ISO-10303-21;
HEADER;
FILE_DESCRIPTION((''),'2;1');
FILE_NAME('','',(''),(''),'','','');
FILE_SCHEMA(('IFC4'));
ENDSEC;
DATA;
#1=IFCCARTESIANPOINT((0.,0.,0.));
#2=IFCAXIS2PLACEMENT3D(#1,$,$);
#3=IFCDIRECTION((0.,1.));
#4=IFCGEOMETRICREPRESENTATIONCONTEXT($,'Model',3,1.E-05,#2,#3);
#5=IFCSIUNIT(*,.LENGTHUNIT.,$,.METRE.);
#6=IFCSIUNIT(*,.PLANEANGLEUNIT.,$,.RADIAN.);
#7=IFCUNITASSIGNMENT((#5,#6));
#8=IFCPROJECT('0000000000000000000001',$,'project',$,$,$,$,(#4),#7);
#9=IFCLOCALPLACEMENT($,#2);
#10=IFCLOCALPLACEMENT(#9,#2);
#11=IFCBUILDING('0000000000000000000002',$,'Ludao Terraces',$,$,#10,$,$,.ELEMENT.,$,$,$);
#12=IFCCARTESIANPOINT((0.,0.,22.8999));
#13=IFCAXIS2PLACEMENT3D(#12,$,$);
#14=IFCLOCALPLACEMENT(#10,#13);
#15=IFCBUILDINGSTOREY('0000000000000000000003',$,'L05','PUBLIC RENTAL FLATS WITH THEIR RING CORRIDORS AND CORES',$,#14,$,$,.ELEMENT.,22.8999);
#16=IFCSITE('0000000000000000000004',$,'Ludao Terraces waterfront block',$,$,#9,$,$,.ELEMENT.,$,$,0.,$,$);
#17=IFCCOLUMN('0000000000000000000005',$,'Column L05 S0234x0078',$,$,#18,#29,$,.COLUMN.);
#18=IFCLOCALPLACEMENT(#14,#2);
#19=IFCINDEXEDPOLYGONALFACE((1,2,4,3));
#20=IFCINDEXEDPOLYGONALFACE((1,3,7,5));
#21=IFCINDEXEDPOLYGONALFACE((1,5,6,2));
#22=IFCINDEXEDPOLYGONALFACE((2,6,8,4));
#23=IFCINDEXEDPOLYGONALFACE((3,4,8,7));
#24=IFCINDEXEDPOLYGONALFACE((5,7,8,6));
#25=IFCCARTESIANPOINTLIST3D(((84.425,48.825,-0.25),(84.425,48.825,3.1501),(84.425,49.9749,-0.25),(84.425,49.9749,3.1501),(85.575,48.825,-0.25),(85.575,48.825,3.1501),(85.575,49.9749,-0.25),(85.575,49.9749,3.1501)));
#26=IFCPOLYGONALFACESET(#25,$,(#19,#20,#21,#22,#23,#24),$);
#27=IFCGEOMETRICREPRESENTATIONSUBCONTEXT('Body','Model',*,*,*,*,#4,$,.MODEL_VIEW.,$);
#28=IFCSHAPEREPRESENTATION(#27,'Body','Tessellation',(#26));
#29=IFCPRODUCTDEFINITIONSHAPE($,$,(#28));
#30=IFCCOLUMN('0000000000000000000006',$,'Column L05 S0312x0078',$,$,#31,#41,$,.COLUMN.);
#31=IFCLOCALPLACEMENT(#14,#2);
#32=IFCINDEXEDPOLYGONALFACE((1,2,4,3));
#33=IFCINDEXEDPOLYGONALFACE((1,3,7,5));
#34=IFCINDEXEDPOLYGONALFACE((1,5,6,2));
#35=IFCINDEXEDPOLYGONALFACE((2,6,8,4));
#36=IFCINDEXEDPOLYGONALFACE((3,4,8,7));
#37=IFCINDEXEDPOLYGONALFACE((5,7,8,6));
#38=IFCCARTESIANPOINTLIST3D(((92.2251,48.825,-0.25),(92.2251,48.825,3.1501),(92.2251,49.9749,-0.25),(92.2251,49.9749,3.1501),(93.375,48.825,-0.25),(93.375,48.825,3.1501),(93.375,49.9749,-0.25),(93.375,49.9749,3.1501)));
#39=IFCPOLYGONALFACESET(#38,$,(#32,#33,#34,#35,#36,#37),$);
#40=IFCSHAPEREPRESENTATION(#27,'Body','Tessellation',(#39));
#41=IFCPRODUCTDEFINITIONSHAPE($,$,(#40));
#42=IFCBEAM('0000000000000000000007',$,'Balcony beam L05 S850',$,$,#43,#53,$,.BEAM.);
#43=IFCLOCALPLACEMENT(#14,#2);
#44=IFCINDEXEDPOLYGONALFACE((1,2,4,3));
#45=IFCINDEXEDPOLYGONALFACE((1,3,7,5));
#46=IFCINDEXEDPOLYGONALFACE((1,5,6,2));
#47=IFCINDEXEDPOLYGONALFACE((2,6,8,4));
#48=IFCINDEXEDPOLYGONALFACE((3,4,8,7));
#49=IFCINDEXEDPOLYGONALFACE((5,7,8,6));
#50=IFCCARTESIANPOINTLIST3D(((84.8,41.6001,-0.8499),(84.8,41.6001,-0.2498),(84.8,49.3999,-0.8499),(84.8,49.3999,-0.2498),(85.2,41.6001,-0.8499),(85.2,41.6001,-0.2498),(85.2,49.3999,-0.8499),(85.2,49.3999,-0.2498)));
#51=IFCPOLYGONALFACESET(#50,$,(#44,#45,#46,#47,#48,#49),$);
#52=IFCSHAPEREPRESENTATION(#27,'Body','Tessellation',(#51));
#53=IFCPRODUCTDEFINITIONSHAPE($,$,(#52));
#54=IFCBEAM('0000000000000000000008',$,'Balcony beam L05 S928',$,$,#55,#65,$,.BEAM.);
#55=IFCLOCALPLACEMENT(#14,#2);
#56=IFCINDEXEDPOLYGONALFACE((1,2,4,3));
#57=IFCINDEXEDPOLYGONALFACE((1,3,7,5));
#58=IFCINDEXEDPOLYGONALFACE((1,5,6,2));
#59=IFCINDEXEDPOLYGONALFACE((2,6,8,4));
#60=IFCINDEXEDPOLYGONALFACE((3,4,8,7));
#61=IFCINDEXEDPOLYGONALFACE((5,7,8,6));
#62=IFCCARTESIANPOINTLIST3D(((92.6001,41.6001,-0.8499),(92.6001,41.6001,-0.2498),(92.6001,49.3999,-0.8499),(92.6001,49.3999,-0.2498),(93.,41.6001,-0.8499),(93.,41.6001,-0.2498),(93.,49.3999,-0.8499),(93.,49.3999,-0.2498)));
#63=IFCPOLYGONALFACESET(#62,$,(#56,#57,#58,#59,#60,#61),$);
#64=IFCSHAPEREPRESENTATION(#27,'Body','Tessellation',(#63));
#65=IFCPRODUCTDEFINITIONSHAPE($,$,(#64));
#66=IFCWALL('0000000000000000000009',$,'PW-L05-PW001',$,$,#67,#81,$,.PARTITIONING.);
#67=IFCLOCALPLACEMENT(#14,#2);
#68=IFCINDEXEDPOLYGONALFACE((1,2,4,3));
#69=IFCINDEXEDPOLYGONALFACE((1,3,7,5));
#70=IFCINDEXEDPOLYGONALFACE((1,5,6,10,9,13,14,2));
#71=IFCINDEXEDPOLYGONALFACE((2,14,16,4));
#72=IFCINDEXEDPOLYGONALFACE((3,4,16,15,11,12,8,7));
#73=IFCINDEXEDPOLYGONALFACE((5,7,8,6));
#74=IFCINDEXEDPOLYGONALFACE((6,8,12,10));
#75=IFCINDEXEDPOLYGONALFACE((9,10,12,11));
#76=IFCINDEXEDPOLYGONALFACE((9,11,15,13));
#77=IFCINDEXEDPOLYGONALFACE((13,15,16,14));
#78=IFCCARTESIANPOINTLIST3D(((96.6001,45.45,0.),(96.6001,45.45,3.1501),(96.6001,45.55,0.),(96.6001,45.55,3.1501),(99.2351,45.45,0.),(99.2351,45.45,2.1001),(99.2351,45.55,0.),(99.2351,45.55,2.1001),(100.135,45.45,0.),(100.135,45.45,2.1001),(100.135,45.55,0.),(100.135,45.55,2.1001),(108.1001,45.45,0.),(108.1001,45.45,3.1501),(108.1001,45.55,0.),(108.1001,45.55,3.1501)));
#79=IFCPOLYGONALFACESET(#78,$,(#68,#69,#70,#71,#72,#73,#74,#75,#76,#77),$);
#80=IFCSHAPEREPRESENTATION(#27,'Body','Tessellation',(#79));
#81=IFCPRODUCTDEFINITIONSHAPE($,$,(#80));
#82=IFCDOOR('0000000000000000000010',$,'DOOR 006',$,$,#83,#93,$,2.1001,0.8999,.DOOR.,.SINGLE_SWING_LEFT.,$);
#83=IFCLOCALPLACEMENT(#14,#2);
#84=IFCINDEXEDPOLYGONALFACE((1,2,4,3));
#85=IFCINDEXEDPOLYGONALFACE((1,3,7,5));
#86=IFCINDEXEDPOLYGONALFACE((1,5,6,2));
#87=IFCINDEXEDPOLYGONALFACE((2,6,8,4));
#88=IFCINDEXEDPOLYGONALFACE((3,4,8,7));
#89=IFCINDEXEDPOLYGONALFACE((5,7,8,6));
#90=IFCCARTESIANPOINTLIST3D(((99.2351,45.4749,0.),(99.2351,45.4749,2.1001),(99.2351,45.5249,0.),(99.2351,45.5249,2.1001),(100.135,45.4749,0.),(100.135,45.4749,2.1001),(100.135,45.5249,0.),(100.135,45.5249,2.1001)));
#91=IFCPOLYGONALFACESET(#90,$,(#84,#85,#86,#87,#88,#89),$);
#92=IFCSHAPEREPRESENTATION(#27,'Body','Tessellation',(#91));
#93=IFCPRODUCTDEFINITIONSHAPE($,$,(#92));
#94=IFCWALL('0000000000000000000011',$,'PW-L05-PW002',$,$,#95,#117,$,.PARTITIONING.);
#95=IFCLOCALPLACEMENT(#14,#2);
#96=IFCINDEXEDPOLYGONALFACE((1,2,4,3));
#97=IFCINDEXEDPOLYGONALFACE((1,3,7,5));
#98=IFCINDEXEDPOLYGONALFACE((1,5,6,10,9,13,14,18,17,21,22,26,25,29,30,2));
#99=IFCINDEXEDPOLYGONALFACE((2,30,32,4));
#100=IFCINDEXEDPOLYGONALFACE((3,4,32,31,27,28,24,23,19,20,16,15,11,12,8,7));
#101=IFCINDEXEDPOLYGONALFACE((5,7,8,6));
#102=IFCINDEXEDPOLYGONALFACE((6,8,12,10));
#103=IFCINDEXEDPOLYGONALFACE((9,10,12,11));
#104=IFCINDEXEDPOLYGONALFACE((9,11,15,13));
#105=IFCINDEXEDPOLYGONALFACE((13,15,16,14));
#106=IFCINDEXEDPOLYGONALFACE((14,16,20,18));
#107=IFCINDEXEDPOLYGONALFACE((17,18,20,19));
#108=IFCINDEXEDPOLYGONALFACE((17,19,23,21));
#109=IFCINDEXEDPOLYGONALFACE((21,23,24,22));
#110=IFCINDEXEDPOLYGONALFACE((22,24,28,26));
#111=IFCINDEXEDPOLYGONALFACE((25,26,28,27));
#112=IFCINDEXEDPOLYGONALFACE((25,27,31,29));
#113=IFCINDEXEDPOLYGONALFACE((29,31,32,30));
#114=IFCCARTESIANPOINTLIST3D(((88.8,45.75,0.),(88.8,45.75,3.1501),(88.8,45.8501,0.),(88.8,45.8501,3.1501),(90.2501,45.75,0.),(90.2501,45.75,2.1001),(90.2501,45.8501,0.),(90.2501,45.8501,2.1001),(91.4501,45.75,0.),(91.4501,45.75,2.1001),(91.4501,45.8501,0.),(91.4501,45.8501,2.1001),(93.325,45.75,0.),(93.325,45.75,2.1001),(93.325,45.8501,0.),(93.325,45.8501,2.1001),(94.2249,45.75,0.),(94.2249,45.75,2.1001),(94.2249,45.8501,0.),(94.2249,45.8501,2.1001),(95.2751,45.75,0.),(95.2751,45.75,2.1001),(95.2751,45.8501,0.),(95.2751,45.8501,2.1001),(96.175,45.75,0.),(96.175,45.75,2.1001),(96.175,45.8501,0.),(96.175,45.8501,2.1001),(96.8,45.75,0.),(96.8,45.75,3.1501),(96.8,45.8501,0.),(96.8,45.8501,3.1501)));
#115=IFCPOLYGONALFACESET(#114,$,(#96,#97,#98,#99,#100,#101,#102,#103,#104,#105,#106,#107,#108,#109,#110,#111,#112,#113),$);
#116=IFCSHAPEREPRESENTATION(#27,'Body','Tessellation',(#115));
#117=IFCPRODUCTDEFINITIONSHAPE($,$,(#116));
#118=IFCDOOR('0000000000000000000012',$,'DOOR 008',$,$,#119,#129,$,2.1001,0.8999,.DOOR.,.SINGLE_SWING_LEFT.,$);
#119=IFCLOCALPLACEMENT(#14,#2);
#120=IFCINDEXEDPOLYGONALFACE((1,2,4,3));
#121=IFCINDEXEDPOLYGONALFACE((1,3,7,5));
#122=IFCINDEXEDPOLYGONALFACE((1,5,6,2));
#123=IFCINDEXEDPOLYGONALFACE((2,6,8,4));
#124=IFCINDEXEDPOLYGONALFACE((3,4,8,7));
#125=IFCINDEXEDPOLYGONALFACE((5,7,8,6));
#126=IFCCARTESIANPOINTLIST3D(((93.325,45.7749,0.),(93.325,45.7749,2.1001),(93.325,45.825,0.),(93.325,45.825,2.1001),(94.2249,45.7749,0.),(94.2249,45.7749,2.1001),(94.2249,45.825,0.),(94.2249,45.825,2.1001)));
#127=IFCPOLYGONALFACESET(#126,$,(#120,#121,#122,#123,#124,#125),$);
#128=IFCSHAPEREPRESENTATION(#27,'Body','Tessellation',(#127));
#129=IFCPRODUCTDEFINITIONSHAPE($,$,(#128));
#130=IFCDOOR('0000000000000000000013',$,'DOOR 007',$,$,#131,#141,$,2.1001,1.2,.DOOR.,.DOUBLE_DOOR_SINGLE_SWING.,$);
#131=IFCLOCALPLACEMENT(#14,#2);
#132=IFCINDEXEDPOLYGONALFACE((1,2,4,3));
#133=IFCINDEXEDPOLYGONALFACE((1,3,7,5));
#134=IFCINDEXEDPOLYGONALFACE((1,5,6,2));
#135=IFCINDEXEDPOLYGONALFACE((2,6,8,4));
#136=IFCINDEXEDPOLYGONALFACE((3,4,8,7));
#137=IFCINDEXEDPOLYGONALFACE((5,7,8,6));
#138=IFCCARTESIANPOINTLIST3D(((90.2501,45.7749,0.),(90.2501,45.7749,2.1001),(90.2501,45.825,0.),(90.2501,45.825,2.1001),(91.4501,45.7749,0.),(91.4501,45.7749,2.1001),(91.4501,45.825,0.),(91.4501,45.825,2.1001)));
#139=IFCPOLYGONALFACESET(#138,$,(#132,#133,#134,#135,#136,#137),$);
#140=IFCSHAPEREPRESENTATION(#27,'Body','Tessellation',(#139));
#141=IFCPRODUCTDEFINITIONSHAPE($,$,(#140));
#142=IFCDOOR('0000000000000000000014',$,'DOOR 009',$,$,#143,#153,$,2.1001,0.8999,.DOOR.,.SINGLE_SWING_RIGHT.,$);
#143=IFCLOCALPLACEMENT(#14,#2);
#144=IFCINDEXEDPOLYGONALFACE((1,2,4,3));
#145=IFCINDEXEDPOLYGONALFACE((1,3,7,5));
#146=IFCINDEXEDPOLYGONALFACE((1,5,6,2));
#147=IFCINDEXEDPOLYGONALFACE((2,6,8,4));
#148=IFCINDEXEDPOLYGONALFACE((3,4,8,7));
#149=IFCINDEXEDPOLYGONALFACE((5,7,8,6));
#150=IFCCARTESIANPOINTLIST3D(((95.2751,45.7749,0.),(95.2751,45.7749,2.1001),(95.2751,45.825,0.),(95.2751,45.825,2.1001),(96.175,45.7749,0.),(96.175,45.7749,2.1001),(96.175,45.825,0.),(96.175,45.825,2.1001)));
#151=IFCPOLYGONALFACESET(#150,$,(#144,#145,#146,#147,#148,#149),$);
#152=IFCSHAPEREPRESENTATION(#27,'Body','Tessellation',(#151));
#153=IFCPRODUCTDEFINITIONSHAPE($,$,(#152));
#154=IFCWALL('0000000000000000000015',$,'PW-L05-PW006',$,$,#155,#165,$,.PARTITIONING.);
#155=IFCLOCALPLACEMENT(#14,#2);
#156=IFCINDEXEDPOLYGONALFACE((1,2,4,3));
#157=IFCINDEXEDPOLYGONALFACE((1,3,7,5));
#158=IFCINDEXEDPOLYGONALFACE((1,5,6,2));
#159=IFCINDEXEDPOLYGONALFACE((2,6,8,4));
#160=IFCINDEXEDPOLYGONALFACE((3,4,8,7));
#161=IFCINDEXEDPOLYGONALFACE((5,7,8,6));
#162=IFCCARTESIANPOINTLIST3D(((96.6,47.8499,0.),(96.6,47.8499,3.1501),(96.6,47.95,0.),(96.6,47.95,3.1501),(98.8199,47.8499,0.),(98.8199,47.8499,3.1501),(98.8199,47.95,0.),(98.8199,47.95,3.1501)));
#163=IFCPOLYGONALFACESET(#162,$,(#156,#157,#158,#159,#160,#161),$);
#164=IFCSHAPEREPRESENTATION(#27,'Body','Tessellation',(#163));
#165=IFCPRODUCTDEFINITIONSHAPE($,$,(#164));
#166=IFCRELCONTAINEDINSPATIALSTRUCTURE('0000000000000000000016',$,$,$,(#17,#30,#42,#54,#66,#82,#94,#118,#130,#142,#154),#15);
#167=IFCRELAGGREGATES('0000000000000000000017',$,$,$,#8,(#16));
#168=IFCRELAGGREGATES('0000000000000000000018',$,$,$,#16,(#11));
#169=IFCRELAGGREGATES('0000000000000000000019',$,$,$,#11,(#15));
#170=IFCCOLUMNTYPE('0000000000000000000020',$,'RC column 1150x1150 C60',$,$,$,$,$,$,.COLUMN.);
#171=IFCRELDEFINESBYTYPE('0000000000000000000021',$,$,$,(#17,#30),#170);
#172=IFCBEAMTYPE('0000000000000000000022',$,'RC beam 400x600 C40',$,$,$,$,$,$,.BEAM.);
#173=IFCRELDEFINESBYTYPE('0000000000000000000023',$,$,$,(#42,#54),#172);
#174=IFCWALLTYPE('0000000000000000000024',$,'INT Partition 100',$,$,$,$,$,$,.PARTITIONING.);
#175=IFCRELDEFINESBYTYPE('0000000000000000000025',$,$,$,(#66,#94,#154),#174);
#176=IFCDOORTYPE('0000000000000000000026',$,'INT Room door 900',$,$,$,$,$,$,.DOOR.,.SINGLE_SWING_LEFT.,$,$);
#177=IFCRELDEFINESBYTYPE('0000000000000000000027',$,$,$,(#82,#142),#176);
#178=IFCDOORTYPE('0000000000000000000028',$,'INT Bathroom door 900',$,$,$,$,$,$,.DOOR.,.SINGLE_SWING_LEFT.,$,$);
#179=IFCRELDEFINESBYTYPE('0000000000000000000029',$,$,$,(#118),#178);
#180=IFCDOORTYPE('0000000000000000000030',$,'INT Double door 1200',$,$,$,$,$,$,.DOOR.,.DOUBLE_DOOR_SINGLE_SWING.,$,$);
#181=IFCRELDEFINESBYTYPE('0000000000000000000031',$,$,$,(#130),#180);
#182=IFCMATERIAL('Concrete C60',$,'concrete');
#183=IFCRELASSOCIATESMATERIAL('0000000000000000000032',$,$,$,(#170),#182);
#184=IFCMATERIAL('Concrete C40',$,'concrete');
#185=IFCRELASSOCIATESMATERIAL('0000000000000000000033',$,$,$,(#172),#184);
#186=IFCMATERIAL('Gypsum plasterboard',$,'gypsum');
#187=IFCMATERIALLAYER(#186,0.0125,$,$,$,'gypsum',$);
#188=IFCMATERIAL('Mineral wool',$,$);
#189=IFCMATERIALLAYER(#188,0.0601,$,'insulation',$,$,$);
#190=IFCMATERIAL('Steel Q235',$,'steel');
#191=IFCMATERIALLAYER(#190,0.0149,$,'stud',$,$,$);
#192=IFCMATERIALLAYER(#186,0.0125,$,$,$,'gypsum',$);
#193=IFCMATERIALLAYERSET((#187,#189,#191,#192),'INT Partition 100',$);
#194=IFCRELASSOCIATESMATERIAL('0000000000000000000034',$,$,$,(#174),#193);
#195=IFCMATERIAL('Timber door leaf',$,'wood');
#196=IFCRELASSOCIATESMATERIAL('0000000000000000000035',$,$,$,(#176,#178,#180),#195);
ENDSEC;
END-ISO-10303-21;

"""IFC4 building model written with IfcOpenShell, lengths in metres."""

from ifc_helpers import new_model, si_unit, direction, frame, frame_2d, origin, origin_2d, place, context, subcontext, project, spatial, rectangle, extrude, material, layer, layer_set, material_profile, profile_set, type_object, element, fill, save


model = new_model("IFC4")

# Units and contexts
model_context = context("Model", 3, precision=1e-05, world=origin(), true_north=direction((0.0, 1.0)))
body_context = subcontext(model_context, "Body", "Model", "MODEL_VIEW")
ifc_project = project(units=[si_unit("LENGTHUNIT", "METRE"), si_unit("PLANEANGLEUNIT", "RADIAN")], contexts=[model_context])

# Site, building, storey
site_placement = place(None, origin())
site = spatial("IfcSite", under=ifc_project, at=site_placement, Name="Ludao Terraces waterfront block", CompositionType="ELEMENT", RefElevation=0.0)
building_placement = place(site_placement, origin())
building = spatial("IfcBuilding", under=site, at=building_placement, Name="Ludao Terraces", CompositionType="ELEMENT")
storey_placement = place(building_placement, frame((0.0, 0.0, 22.8999)))
storey = spatial("IfcBuildingStorey", under=building, at=storey_placement, Name="L05", Description="PUBLIC RENTAL FLATS WITH THEIR RING CORRIDORS AND CORES", CompositionType="ELEMENT", Elevation=22.8999)

# Columns
ifc_material_1 = material(Name="Concrete C60", Category="concrete")
ifc_material_profile_1 = material_profile(ifc_material_1, rectangle(XDim=1.1499, YDim=1.1499, at=origin_2d()), Name="1150 X 1150")
ifc_profile_set_1 = profile_set([ifc_material_profile_1], Name="Concrete C60")
column_type = type_object("IfcColumnType", Name="RC column 1150x1150 C60", PredefinedType="COLUMN", material=ifc_profile_set_1)
for number, where, z_axis, x_axis, name in (
    (1, (85.0, 49.3999, -0.25), (0.0, 0.0, 1.0), (1.0, 0.0, 0.0), "Column L05 S0234x0078"),
    (2, (92.8, 49.3999, -0.25), (0.0, 0.0, 1.0), (1.0, 0.0, 0.0), "Column L05 S0312x0078"),
):
    element("IfcColumn", number, at=place(storey_placement, frame(where, z_axis=z_axis, x_axis=x_axis)), inside=storey, type_object=column_type, Name=name, PredefinedType="COLUMN", context=body_context, shape_type="SweptSolid", body=[
        extrude(rectangle(XDim=1.1499, YDim=1.1499, at=origin_2d()), origin(), (0.0, 0.0, 1.0), 3.4001),
    ])

# Beams
ifc_material_2 = material(Name="Concrete C40", Category="concrete")
ifc_material_profile_2 = material_profile(ifc_material_2, rectangle(XDim=0.3999, YDim=0.6001, at=origin_2d()), Name="400 X 600")
ifc_profile_set_2 = profile_set([ifc_material_profile_2], Name="Concrete C40")
beam_type = type_object("IfcBeamType", Name="RC beam 400x600 C40", PredefinedType="BEAM", material=ifc_profile_set_2)
for number, where, z_axis, x_axis, name in (
    (3, (85.0, 49.3999, -0.5498), (0.0, -1.0, 0.0), (1.0, 0.0, 0.0), "Balcony beam L05 S850"),
    (4, (92.8, 49.3999, -0.5498), (0.0, -1.0, 0.0), (1.0, 0.0, 0.0), "Balcony beam L05 S928"),
):
    element("IfcBeam", number, at=place(storey_placement, frame(where, z_axis=z_axis, x_axis=x_axis)), inside=storey, type_object=beam_type, Name=name, PredefinedType="BEAM", context=body_context, shape_type="SweptSolid", body=[
        extrude(rectangle(XDim=0.3999, YDim=0.6001, at=origin_2d()), origin(), (0.0, 0.0, 1.0), 7.7998),
    ])

# Wall, opening, door
ifc_material_3 = material(Name="Gypsum plasterboard", Category="gypsum")
ifc_layer_1 = layer(ifc_material_3, 0.0125, Category="gypsum")
ifc_material_4 = material(Name="Mineral wool")
ifc_layer_2 = layer(ifc_material_4, 0.0601, Name="insulation")
ifc_material_5 = material(Name="Steel Q235", Category="steel")
ifc_layer_3 = layer(ifc_material_5, 0.0149, Name="stud")
ifc_layer_4 = layer(ifc_material_3, 0.0125, Category="gypsum")
ifc_layer_set_1 = layer_set([ifc_layer_1, ifc_layer_2, ifc_layer_3, ifc_layer_4], Name="INT Partition 100")
wall_type_1 = type_object("IfcWallType", Name="INT Partition 100", PredefinedType="PARTITIONING", material=ifc_layer_set_1)
wall_1_placement = place(storey_placement, frame((96.6001, 45.5, 0.0), z_axis=(0.0, 0.0, 1.0), x_axis=(1.0, 0.0, 0.0)))
wall_1 = element("IfcWall", 5, at=wall_1_placement, inside=storey, type_object=wall_type_1, Name="PW-L05-PW001", PredefinedType="PARTITIONING", context=body_context, shape_type="SweptSolid", body=[
    extrude(rectangle(XDim=11.5, YDim=0.1001, at=frame_2d((5.75, 0.0))), origin(), (0.0, 0.0, 1.0), 3.1501),
])
opening_1_placement = place(wall_1_placement, frame((2.635, 0.0, 0.0)))
opening_1 = element("IfcOpeningElement", 6, at=opening_1_placement, cuts=wall_1, PredefinedType="OPENING", context=body_context, shape_type="SweptSolid", body=[
    extrude(rectangle(XDim=0.8999, YDim=2.1001, at=frame_2d((0.45, 1.05))), frame((0.0, 0.0601, 0.0), z_axis=(0.0, -1.0, 0.0), x_axis=(1.0, 0.0, 0.0)), (0.0, 0.0, 1.0), 0.1201),
])
ifc_material_6 = material(Name="Timber door leaf", Category="wood")
door_type_1 = type_object("IfcDoorType", Name="INT Room door 900", OperationType="SINGLE_SWING_LEFT", PredefinedType="DOOR", material=ifc_material_6)
door_1_placement = place(opening_1_placement, origin())
door_1 = element("IfcDoor", 7, at=door_1_placement, inside=storey, type_object=door_type_1, Name="DOOR 006", OperationType="SINGLE_SWING_LEFT", OverallHeight=2.1001, OverallWidth=0.8999, PredefinedType="DOOR", context=body_context, shape_type="SweptSolid", body=[
    extrude(rectangle(XDim=0.8999, YDim=2.1001, at=frame_2d((0.45, 1.05))), frame((0.0, 0.0249, 0.0), z_axis=(0.0, -1.0, 0.0), x_axis=(1.0, 0.0, 0.0)), (0.0, 0.0, 1.0), 0.05),
])
fill(opening_1, door_1)

# Wall, openings, doors
wall_2_placement = place(storey_placement, frame((88.8, 45.8, 0.0), z_axis=(0.0, 0.0, 1.0), x_axis=(1.0, 0.0, 0.0)))
wall_2 = element("IfcWall", 8, at=wall_2_placement, inside=storey, type_object=wall_type_1, Name="PW-L05-PW002", PredefinedType="PARTITIONING", context=body_context, shape_type="SweptSolid", body=[
    extrude(rectangle(XDim=8.0, YDim=0.1001, at=frame_2d((4.0, 0.0))), origin(), (0.0, 0.0, 1.0), 3.1501),
])
opening_2_placement = place(wall_2_placement, frame((1.45, 0.0, 0.0)))
opening_2 = element("IfcOpeningElement", 9, at=opening_2_placement, cuts=wall_2, PredefinedType="OPENING", context=body_context, shape_type="SweptSolid", body=[
    extrude(rectangle(XDim=1.2, YDim=2.1001, at=frame_2d((0.6001, 1.05))), frame((0.0, 0.0601, 0.0), z_axis=(0.0, -1.0, 0.0), x_axis=(1.0, 0.0, 0.0)), (0.0, 0.0, 1.0), 0.1201),
])
opening_3_placement = place(wall_2_placement, frame((4.5249, 0.0, 0.0)))
opening_3 = element("IfcOpeningElement", 10, at=opening_3_placement, cuts=wall_2, PredefinedType="OPENING", context=body_context, shape_type="SweptSolid", body=[
    extrude(rectangle(XDim=0.8999, YDim=2.1001, at=frame_2d((0.45, 1.05))), frame((0.0, 0.0601, 0.0), z_axis=(0.0, -1.0, 0.0), x_axis=(1.0, 0.0, 0.0)), (0.0, 0.0, 1.0), 0.1201),
])
opening_4_placement = place(wall_2_placement, frame((6.4751, 0.0, 0.0)))
opening_4 = element("IfcOpeningElement", 11, at=opening_4_placement, cuts=wall_2, PredefinedType="OPENING", context=body_context, shape_type="SweptSolid", body=[
    extrude(rectangle(XDim=0.8999, YDim=2.1001, at=frame_2d((0.45, 1.05))), frame((0.0, 0.0601, 0.0), z_axis=(0.0, -1.0, 0.0), x_axis=(1.0, 0.0, 0.0)), (0.0, 0.0, 1.0), 0.1201),
])
door_type_2 = type_object("IfcDoorType", Name="INT Bathroom door 900", OperationType="SINGLE_SWING_LEFT", PredefinedType="DOOR", material=ifc_material_6)
door_2_placement = place(opening_3_placement, origin())
door_2 = element("IfcDoor", 12, at=door_2_placement, inside=storey, type_object=door_type_2, Name="DOOR 008", OperationType="SINGLE_SWING_LEFT", OverallHeight=2.1001, OverallWidth=0.8999, PredefinedType="DOOR", context=body_context, shape_type="SweptSolid", body=[
    extrude(rectangle(XDim=0.8999, YDim=2.1001, at=frame_2d((0.45, 1.05))), frame((0.0, 0.0249, 0.0), z_axis=(0.0, -1.0, 0.0), x_axis=(1.0, 0.0, 0.0)), (0.0, 0.0, 1.0), 0.05),
])
fill(opening_3, door_2)
door_type_3 = type_object("IfcDoorType", Name="INT Double door 1200", OperationType="DOUBLE_DOOR_SINGLE_SWING", PredefinedType="DOOR", material=ifc_material_6)
door_3_placement = place(opening_2_placement, origin())
door_3 = element("IfcDoor", 13, at=door_3_placement, inside=storey, type_object=door_type_3, Name="DOOR 007", OperationType="DOUBLE_DOOR_SINGLE_SWING", OverallHeight=2.1001, OverallWidth=1.2, PredefinedType="DOOR", context=body_context, shape_type="SweptSolid", body=[
    extrude(rectangle(XDim=1.2, YDim=2.1001, at=frame_2d((0.6001, 1.05))), frame((0.0, 0.0249, 0.0), z_axis=(0.0, -1.0, 0.0), x_axis=(1.0, 0.0, 0.0)), (0.0, 0.0, 1.0), 0.05),
])
fill(opening_2, door_3)
door_4_placement = place(opening_4_placement, origin())
door_4 = element("IfcDoor", 14, at=door_4_placement, inside=storey, type_object=door_type_1, Name="DOOR 009", OperationType="SINGLE_SWING_RIGHT", OverallHeight=2.1001, OverallWidth=0.8999, PredefinedType="DOOR", context=body_context, shape_type="SweptSolid", body=[
    extrude(rectangle(XDim=0.8999, YDim=2.1001, at=frame_2d((0.45, 1.05))), frame((0.0, 0.0249, 0.0), z_axis=(0.0, -1.0, 0.0), x_axis=(1.0, 0.0, 0.0)), (0.0, 0.0, 1.0), 0.05),
])
fill(opening_4, door_4)

# Wall
for number, where, z_axis, x_axis, name in (
    (15, (96.6001, 47.8999, 0.0), (0.0, 0.0, 1.0), (1.0, 0.0, 0.0), "PW-L05-PW006"),
):
    element("IfcWall", number, at=place(storey_placement, frame(where, z_axis=z_axis, x_axis=x_axis)), inside=storey, type_object=wall_type_1, Name=name, PredefinedType="PARTITIONING", context=body_context, shape_type="SweptSolid", body=[
        extrude(rectangle(XDim=2.22, YDim=0.1001, at=frame_2d((1.1099, 0.0))), origin(), (0.0, 0.0, 1.0), 3.1501),
    ])

save(model, "model.ifc")
